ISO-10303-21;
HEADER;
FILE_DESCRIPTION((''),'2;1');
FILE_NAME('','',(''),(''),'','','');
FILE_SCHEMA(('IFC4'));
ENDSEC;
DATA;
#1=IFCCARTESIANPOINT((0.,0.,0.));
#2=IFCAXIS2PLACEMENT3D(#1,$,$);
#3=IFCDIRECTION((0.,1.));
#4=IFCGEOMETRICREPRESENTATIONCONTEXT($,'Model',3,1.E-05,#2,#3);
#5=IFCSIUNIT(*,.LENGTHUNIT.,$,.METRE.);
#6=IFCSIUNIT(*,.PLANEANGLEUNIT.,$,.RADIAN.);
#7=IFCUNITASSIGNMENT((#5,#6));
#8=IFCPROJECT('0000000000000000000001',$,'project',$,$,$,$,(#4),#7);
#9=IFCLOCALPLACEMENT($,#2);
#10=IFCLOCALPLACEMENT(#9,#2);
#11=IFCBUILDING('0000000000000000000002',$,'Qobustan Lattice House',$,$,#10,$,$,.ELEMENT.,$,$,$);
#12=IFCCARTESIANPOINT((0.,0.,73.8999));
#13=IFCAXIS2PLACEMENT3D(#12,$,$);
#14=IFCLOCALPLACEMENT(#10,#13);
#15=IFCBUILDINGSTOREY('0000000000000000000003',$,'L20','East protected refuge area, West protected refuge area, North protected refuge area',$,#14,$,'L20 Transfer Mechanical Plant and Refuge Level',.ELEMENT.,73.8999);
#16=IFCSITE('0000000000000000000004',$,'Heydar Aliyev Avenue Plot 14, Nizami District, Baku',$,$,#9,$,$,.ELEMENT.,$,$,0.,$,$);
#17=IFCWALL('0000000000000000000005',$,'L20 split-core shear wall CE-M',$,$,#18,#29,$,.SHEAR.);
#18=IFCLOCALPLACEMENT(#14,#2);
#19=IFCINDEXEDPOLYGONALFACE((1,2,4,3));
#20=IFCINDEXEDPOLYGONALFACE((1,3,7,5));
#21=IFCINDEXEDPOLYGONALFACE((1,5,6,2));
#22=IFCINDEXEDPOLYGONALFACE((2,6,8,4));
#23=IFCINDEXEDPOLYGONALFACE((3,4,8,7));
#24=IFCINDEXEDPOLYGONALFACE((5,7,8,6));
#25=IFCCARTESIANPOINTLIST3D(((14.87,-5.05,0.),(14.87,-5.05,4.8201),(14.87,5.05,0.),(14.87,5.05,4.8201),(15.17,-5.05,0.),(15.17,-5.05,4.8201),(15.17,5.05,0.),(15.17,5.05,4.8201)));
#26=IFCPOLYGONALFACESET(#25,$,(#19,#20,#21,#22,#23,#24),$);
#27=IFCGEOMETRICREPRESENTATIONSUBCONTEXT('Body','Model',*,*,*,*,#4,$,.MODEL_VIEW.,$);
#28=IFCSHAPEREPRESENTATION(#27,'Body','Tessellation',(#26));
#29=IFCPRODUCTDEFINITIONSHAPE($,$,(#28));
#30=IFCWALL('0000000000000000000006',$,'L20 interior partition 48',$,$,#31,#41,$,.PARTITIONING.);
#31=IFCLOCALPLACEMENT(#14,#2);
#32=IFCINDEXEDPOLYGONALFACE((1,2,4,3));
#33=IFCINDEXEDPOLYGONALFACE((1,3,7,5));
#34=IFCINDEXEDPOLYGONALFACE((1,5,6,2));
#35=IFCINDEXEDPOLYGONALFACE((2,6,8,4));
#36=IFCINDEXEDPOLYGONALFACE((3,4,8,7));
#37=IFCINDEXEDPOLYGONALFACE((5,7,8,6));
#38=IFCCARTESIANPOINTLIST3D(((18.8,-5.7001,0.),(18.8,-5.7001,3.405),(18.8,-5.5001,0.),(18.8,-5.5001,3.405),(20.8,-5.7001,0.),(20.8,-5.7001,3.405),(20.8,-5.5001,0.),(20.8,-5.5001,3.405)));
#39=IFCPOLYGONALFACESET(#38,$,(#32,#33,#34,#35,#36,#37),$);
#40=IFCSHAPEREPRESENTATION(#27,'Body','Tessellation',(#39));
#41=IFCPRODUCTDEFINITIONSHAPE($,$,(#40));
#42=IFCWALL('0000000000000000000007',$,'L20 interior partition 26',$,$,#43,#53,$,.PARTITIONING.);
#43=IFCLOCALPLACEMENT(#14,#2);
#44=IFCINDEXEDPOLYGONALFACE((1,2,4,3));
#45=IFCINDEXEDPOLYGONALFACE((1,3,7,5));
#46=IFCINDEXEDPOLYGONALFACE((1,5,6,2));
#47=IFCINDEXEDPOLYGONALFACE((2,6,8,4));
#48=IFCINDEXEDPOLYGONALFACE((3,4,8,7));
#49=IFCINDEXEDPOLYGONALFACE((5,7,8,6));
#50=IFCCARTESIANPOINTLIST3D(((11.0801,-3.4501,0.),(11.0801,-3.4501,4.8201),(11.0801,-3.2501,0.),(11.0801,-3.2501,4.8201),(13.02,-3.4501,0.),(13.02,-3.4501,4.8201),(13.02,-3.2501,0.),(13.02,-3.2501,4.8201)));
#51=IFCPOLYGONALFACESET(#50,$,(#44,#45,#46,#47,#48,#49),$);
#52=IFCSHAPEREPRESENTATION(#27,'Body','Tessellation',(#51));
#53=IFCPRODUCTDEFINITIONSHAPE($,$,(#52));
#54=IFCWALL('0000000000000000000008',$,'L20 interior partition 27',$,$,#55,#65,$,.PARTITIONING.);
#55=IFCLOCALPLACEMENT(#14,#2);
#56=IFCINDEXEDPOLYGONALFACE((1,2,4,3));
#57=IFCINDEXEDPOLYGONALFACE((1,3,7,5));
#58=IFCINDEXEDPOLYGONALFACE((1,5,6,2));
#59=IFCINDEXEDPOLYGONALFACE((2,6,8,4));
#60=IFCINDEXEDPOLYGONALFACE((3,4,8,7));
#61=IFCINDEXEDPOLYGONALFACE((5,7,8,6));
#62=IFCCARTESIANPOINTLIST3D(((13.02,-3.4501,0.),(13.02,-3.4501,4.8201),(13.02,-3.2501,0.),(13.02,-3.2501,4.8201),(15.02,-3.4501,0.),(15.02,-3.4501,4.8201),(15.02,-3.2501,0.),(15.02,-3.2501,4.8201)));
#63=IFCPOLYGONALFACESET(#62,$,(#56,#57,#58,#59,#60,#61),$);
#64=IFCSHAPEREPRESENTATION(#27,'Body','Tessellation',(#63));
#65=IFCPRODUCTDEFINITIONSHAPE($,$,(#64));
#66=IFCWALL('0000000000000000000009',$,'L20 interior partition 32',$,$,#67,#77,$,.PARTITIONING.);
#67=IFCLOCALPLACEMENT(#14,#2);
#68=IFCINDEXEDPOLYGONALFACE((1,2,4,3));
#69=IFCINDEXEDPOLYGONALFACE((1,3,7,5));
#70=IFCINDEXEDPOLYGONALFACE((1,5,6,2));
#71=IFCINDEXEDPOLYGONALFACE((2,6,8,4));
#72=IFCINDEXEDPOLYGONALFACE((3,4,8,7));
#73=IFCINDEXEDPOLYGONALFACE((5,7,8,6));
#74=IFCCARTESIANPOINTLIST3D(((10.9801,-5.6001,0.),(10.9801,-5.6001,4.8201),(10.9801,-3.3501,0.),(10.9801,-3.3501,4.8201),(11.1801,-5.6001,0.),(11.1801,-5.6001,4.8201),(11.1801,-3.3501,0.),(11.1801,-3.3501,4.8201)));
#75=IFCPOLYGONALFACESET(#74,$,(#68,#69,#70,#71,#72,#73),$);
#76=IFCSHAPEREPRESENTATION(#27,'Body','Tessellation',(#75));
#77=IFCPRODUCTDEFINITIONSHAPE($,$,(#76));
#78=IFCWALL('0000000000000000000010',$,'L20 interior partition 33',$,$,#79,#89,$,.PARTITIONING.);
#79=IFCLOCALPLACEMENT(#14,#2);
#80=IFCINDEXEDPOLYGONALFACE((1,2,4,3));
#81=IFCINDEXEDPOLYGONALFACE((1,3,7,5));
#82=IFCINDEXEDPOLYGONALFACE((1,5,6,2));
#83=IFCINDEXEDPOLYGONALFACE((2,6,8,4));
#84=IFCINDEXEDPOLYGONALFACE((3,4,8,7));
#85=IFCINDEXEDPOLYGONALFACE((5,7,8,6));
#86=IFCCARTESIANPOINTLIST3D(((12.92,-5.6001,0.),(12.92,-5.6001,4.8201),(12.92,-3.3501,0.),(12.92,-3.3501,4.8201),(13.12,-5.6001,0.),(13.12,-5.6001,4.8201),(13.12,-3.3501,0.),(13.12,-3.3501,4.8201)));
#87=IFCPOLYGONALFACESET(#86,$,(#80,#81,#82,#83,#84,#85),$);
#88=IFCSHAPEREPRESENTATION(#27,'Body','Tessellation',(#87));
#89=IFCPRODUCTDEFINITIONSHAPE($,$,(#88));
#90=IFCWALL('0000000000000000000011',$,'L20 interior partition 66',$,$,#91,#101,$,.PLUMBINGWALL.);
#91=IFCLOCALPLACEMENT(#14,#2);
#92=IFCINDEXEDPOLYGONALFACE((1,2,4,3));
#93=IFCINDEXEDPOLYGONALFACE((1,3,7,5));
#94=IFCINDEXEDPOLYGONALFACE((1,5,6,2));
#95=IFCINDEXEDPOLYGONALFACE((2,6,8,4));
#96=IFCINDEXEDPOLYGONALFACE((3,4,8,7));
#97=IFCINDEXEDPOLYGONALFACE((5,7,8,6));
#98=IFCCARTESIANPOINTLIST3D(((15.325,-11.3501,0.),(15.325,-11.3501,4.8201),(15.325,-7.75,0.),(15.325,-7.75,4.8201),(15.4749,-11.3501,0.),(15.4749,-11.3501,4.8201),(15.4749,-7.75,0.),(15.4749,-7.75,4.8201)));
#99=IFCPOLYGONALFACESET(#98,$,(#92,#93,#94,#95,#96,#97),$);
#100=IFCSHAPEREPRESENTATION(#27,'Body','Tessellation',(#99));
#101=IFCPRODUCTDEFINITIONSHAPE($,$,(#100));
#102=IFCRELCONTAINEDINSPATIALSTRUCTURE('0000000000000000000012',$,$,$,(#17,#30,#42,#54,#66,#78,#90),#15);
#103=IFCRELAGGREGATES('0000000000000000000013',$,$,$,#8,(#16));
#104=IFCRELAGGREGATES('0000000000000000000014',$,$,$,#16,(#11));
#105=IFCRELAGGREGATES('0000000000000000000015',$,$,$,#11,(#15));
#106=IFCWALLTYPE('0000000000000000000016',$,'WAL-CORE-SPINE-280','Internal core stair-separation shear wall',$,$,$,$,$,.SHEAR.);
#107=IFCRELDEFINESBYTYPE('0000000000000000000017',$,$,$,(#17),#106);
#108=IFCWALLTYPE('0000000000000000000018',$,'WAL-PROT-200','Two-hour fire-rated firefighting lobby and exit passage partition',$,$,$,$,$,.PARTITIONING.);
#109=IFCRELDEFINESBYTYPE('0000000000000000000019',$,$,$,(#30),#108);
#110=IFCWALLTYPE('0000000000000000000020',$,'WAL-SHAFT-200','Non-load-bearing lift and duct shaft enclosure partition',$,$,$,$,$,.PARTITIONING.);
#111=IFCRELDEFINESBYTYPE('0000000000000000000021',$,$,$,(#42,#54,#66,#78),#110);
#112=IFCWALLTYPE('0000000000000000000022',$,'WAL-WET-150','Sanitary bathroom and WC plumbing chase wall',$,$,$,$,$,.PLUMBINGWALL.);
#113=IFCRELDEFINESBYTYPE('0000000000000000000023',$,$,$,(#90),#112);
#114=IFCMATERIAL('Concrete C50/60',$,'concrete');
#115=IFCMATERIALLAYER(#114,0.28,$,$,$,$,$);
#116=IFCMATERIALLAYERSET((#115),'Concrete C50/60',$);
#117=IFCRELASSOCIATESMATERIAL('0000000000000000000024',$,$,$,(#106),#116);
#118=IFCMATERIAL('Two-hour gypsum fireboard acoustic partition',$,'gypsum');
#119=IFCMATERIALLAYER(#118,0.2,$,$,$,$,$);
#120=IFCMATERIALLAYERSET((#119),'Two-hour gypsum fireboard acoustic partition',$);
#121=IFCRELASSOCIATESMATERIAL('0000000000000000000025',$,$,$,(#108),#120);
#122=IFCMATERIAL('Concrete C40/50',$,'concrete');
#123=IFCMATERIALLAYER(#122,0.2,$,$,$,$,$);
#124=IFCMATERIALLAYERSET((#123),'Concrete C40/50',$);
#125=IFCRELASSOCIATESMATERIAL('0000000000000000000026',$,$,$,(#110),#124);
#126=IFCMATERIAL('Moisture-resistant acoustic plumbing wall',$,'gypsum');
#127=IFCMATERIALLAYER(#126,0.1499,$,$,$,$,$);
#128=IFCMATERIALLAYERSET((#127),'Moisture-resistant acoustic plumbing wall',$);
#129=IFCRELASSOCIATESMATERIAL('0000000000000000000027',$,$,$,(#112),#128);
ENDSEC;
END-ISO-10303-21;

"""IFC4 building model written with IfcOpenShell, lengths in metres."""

from ifc_helpers import new_model, si_unit, direction, frame, frame_2d, origin, place, context, subcontext, project, spatial, rectangle, extrude, material, layer, layer_set, type_object, element, save


model = new_model("IFC4")

# Units and contexts
model_context = context("Model", 3, precision=1e-05, world=origin(), true_north=direction((0.0, 1.0)))
body_context = subcontext(model_context, "Body", "Model", "MODEL_VIEW")
ifc_project = project(units=[si_unit("LENGTHUNIT", "METRE"), si_unit("PLANEANGLEUNIT", "RADIAN")], contexts=[model_context])

# Site, building, storey
site_placement = place(None, origin())
site = spatial("IfcSite", under=ifc_project, at=site_placement, Name="Heydar Aliyev Avenue Plot 14, Nizami District, Baku", CompositionType="ELEMENT", RefElevation=0.0)
building_placement = place(site_placement, origin())
building = spatial("IfcBuilding", under=site, at=building_placement, Name="Qobustan Lattice House", CompositionType="ELEMENT")
storey_placement = place(building_placement, frame((0.0, 0.0, 73.8999)))
storey = spatial("IfcBuildingStorey", under=building, at=storey_placement, Name="L20", Description="East protected refuge area, West protected refuge area, North protected refuge area", LongName="L20 Transfer Mechanical Plant and Refuge Level", CompositionType="ELEMENT", Elevation=73.8999)

# Walls
ifc_material_1 = material(Name="Concrete C50/60", Category="concrete")
ifc_layer_1 = layer(ifc_material_1, 0.28)
ifc_layer_set_1 = layer_set([ifc_layer_1], Name="Concrete C50/60")
wall_type_1 = type_object("IfcWallType", Name="WAL-CORE-SPINE-280", Description="Internal core stair-separation shear wall", PredefinedType="SHEAR", material=ifc_layer_set_1)
wall_1_placement = place(storey_placement, frame((15.02, -5.05, 0.0), z_axis=(0.0, 0.0, 1.0), x_axis=(0.0, 1.0, 0.0)))
element("IfcWall", 1, at=wall_1_placement, inside=storey, type_object=wall_type_1, Name="L20 split-core shear wall CE-M", PredefinedType="SHEAR", context=body_context, shape_type="SweptSolid", body=[
    extrude(rectangle(XDim=10.1001, YDim=0.3, at=frame_2d((5.05, 0.0))), origin(), (0.0, 0.0, 1.0), 4.8201),
])
ifc_material_2 = material(Name="Two-hour gypsum fireboard acoustic partition", Category="gypsum")
ifc_layer_2 = layer(ifc_material_2, 0.2)
ifc_layer_set_2 = layer_set([ifc_layer_2], Name="Two-hour gypsum fireboard acoustic partition")
wall_type_2 = type_object("IfcWallType", Name="WAL-PROT-200", Description="Two-hour fire-rated firefighting lobby and exit passage partition", PredefinedType="PARTITIONING", material=ifc_layer_set_2)
wall_2_placement = place(storey_placement, frame((18.8, -5.6001, 0.0), z_axis=(0.0, 0.0, 1.0), x_axis=(1.0, 0.0, 0.0)))
element("IfcWall", 2, at=wall_2_placement, inside=storey, type_object=wall_type_2, Name="L20 interior partition 48", PredefinedType="PARTITIONING", context=body_context, shape_type="SweptSolid", body=[
    extrude(rectangle(XDim=2.0, YDim=0.2, at=frame_2d((1.0, 0.0))), origin(), (0.0, 0.0, 1.0), 3.405),
])
ifc_material_3 = material(Name="Concrete C40/50", Category="concrete")
ifc_layer_3 = layer(ifc_material_3, 0.2)
ifc_layer_set_3 = layer_set([ifc_layer_3], Name="Concrete C40/50")
wall_type_3 = type_object("IfcWallType", Name="WAL-SHAFT-200", Description="Non-load-bearing lift and duct shaft enclosure partition", PredefinedType="PARTITIONING", material=ifc_layer_set_3)
wall_3_placement = place(storey_placement, frame((11.0801, -3.3501, 0.0), z_axis=(0.0, 0.0, 1.0), x_axis=(1.0, 0.0, 0.0)))
element("IfcWall", 3, at=wall_3_placement, inside=storey, type_object=wall_type_3, Name="L20 interior partition 26", PredefinedType="PARTITIONING", context=body_context, shape_type="SweptSolid", body=[
    extrude(rectangle(XDim=1.9399, YDim=0.2, at=frame_2d((0.97, 0.0))), origin(), (0.0, 0.0, 1.0), 4.8201),
])
wall_4_placement = place(storey_placement, frame((13.02, -3.3501, 0.0), z_axis=(0.0, 0.0, 1.0), x_axis=(1.0, 0.0, 0.0)))
element("IfcWall", 4, at=wall_4_placement, inside=storey, type_object=wall_type_3, Name="L20 interior partition 27", PredefinedType="PARTITIONING", context=body_context, shape_type="SweptSolid", body=[
    extrude(rectangle(XDim=2.0, YDim=0.2, at=frame_2d((1.0, 0.0))), origin(), (0.0, 0.0, 1.0), 4.8201),
])
for number, where, z_axis, x_axis, name in (
    (5, (11.0801, -5.6001, 0.0), (0.0, 0.0, 1.0), (0.0, 1.0, 0.0), "L20 interior partition 32"),
    (6, (13.02, -5.6001, 0.0), (0.0, 0.0, 1.0), (0.0, 1.0, 0.0), "L20 interior partition 33"),
):
    element("IfcWall", number, at=place(storey_placement, frame(where, z_axis=z_axis, x_axis=x_axis)), inside=storey, type_object=wall_type_3, Name=name, PredefinedType="PARTITIONING", context=body_context, shape_type="SweptSolid", body=[
        extrude(rectangle(XDim=2.25, YDim=0.2, at=frame_2d((1.125, 0.0))), origin(), (0.0, 0.0, 1.0), 4.8201),
    ])
ifc_material_4 = material(Name="Moisture-resistant acoustic plumbing wall", Category="gypsum")
ifc_layer_4 = layer(ifc_material_4, 0.1499)
ifc_layer_set_4 = layer_set([ifc_layer_4], Name="Moisture-resistant acoustic plumbing wall")
wall_type_4 = type_object("IfcWallType", Name="WAL-WET-150", Description="Sanitary bathroom and WC plumbing chase wall", PredefinedType="PLUMBINGWALL", material=ifc_layer_set_4)
wall_5_placement = place(storey_placement, frame((15.3999, -7.75, 0.0), z_axis=(0.0, 0.0, 1.0), x_axis=(0.0, -1.0, 0.0)))
element("IfcWall", 7, at=wall_5_placement, inside=storey, type_object=wall_type_4, Name="L20 interior partition 66", PredefinedType="PLUMBINGWALL", context=body_context, shape_type="SweptSolid", body=[
    extrude(rectangle(XDim=3.6001, YDim=0.1499, at=frame_2d((1.8, 0.0))), origin(), (0.0, 0.0, 1.0), 4.8201),
])

save(model, "model.ifc")
